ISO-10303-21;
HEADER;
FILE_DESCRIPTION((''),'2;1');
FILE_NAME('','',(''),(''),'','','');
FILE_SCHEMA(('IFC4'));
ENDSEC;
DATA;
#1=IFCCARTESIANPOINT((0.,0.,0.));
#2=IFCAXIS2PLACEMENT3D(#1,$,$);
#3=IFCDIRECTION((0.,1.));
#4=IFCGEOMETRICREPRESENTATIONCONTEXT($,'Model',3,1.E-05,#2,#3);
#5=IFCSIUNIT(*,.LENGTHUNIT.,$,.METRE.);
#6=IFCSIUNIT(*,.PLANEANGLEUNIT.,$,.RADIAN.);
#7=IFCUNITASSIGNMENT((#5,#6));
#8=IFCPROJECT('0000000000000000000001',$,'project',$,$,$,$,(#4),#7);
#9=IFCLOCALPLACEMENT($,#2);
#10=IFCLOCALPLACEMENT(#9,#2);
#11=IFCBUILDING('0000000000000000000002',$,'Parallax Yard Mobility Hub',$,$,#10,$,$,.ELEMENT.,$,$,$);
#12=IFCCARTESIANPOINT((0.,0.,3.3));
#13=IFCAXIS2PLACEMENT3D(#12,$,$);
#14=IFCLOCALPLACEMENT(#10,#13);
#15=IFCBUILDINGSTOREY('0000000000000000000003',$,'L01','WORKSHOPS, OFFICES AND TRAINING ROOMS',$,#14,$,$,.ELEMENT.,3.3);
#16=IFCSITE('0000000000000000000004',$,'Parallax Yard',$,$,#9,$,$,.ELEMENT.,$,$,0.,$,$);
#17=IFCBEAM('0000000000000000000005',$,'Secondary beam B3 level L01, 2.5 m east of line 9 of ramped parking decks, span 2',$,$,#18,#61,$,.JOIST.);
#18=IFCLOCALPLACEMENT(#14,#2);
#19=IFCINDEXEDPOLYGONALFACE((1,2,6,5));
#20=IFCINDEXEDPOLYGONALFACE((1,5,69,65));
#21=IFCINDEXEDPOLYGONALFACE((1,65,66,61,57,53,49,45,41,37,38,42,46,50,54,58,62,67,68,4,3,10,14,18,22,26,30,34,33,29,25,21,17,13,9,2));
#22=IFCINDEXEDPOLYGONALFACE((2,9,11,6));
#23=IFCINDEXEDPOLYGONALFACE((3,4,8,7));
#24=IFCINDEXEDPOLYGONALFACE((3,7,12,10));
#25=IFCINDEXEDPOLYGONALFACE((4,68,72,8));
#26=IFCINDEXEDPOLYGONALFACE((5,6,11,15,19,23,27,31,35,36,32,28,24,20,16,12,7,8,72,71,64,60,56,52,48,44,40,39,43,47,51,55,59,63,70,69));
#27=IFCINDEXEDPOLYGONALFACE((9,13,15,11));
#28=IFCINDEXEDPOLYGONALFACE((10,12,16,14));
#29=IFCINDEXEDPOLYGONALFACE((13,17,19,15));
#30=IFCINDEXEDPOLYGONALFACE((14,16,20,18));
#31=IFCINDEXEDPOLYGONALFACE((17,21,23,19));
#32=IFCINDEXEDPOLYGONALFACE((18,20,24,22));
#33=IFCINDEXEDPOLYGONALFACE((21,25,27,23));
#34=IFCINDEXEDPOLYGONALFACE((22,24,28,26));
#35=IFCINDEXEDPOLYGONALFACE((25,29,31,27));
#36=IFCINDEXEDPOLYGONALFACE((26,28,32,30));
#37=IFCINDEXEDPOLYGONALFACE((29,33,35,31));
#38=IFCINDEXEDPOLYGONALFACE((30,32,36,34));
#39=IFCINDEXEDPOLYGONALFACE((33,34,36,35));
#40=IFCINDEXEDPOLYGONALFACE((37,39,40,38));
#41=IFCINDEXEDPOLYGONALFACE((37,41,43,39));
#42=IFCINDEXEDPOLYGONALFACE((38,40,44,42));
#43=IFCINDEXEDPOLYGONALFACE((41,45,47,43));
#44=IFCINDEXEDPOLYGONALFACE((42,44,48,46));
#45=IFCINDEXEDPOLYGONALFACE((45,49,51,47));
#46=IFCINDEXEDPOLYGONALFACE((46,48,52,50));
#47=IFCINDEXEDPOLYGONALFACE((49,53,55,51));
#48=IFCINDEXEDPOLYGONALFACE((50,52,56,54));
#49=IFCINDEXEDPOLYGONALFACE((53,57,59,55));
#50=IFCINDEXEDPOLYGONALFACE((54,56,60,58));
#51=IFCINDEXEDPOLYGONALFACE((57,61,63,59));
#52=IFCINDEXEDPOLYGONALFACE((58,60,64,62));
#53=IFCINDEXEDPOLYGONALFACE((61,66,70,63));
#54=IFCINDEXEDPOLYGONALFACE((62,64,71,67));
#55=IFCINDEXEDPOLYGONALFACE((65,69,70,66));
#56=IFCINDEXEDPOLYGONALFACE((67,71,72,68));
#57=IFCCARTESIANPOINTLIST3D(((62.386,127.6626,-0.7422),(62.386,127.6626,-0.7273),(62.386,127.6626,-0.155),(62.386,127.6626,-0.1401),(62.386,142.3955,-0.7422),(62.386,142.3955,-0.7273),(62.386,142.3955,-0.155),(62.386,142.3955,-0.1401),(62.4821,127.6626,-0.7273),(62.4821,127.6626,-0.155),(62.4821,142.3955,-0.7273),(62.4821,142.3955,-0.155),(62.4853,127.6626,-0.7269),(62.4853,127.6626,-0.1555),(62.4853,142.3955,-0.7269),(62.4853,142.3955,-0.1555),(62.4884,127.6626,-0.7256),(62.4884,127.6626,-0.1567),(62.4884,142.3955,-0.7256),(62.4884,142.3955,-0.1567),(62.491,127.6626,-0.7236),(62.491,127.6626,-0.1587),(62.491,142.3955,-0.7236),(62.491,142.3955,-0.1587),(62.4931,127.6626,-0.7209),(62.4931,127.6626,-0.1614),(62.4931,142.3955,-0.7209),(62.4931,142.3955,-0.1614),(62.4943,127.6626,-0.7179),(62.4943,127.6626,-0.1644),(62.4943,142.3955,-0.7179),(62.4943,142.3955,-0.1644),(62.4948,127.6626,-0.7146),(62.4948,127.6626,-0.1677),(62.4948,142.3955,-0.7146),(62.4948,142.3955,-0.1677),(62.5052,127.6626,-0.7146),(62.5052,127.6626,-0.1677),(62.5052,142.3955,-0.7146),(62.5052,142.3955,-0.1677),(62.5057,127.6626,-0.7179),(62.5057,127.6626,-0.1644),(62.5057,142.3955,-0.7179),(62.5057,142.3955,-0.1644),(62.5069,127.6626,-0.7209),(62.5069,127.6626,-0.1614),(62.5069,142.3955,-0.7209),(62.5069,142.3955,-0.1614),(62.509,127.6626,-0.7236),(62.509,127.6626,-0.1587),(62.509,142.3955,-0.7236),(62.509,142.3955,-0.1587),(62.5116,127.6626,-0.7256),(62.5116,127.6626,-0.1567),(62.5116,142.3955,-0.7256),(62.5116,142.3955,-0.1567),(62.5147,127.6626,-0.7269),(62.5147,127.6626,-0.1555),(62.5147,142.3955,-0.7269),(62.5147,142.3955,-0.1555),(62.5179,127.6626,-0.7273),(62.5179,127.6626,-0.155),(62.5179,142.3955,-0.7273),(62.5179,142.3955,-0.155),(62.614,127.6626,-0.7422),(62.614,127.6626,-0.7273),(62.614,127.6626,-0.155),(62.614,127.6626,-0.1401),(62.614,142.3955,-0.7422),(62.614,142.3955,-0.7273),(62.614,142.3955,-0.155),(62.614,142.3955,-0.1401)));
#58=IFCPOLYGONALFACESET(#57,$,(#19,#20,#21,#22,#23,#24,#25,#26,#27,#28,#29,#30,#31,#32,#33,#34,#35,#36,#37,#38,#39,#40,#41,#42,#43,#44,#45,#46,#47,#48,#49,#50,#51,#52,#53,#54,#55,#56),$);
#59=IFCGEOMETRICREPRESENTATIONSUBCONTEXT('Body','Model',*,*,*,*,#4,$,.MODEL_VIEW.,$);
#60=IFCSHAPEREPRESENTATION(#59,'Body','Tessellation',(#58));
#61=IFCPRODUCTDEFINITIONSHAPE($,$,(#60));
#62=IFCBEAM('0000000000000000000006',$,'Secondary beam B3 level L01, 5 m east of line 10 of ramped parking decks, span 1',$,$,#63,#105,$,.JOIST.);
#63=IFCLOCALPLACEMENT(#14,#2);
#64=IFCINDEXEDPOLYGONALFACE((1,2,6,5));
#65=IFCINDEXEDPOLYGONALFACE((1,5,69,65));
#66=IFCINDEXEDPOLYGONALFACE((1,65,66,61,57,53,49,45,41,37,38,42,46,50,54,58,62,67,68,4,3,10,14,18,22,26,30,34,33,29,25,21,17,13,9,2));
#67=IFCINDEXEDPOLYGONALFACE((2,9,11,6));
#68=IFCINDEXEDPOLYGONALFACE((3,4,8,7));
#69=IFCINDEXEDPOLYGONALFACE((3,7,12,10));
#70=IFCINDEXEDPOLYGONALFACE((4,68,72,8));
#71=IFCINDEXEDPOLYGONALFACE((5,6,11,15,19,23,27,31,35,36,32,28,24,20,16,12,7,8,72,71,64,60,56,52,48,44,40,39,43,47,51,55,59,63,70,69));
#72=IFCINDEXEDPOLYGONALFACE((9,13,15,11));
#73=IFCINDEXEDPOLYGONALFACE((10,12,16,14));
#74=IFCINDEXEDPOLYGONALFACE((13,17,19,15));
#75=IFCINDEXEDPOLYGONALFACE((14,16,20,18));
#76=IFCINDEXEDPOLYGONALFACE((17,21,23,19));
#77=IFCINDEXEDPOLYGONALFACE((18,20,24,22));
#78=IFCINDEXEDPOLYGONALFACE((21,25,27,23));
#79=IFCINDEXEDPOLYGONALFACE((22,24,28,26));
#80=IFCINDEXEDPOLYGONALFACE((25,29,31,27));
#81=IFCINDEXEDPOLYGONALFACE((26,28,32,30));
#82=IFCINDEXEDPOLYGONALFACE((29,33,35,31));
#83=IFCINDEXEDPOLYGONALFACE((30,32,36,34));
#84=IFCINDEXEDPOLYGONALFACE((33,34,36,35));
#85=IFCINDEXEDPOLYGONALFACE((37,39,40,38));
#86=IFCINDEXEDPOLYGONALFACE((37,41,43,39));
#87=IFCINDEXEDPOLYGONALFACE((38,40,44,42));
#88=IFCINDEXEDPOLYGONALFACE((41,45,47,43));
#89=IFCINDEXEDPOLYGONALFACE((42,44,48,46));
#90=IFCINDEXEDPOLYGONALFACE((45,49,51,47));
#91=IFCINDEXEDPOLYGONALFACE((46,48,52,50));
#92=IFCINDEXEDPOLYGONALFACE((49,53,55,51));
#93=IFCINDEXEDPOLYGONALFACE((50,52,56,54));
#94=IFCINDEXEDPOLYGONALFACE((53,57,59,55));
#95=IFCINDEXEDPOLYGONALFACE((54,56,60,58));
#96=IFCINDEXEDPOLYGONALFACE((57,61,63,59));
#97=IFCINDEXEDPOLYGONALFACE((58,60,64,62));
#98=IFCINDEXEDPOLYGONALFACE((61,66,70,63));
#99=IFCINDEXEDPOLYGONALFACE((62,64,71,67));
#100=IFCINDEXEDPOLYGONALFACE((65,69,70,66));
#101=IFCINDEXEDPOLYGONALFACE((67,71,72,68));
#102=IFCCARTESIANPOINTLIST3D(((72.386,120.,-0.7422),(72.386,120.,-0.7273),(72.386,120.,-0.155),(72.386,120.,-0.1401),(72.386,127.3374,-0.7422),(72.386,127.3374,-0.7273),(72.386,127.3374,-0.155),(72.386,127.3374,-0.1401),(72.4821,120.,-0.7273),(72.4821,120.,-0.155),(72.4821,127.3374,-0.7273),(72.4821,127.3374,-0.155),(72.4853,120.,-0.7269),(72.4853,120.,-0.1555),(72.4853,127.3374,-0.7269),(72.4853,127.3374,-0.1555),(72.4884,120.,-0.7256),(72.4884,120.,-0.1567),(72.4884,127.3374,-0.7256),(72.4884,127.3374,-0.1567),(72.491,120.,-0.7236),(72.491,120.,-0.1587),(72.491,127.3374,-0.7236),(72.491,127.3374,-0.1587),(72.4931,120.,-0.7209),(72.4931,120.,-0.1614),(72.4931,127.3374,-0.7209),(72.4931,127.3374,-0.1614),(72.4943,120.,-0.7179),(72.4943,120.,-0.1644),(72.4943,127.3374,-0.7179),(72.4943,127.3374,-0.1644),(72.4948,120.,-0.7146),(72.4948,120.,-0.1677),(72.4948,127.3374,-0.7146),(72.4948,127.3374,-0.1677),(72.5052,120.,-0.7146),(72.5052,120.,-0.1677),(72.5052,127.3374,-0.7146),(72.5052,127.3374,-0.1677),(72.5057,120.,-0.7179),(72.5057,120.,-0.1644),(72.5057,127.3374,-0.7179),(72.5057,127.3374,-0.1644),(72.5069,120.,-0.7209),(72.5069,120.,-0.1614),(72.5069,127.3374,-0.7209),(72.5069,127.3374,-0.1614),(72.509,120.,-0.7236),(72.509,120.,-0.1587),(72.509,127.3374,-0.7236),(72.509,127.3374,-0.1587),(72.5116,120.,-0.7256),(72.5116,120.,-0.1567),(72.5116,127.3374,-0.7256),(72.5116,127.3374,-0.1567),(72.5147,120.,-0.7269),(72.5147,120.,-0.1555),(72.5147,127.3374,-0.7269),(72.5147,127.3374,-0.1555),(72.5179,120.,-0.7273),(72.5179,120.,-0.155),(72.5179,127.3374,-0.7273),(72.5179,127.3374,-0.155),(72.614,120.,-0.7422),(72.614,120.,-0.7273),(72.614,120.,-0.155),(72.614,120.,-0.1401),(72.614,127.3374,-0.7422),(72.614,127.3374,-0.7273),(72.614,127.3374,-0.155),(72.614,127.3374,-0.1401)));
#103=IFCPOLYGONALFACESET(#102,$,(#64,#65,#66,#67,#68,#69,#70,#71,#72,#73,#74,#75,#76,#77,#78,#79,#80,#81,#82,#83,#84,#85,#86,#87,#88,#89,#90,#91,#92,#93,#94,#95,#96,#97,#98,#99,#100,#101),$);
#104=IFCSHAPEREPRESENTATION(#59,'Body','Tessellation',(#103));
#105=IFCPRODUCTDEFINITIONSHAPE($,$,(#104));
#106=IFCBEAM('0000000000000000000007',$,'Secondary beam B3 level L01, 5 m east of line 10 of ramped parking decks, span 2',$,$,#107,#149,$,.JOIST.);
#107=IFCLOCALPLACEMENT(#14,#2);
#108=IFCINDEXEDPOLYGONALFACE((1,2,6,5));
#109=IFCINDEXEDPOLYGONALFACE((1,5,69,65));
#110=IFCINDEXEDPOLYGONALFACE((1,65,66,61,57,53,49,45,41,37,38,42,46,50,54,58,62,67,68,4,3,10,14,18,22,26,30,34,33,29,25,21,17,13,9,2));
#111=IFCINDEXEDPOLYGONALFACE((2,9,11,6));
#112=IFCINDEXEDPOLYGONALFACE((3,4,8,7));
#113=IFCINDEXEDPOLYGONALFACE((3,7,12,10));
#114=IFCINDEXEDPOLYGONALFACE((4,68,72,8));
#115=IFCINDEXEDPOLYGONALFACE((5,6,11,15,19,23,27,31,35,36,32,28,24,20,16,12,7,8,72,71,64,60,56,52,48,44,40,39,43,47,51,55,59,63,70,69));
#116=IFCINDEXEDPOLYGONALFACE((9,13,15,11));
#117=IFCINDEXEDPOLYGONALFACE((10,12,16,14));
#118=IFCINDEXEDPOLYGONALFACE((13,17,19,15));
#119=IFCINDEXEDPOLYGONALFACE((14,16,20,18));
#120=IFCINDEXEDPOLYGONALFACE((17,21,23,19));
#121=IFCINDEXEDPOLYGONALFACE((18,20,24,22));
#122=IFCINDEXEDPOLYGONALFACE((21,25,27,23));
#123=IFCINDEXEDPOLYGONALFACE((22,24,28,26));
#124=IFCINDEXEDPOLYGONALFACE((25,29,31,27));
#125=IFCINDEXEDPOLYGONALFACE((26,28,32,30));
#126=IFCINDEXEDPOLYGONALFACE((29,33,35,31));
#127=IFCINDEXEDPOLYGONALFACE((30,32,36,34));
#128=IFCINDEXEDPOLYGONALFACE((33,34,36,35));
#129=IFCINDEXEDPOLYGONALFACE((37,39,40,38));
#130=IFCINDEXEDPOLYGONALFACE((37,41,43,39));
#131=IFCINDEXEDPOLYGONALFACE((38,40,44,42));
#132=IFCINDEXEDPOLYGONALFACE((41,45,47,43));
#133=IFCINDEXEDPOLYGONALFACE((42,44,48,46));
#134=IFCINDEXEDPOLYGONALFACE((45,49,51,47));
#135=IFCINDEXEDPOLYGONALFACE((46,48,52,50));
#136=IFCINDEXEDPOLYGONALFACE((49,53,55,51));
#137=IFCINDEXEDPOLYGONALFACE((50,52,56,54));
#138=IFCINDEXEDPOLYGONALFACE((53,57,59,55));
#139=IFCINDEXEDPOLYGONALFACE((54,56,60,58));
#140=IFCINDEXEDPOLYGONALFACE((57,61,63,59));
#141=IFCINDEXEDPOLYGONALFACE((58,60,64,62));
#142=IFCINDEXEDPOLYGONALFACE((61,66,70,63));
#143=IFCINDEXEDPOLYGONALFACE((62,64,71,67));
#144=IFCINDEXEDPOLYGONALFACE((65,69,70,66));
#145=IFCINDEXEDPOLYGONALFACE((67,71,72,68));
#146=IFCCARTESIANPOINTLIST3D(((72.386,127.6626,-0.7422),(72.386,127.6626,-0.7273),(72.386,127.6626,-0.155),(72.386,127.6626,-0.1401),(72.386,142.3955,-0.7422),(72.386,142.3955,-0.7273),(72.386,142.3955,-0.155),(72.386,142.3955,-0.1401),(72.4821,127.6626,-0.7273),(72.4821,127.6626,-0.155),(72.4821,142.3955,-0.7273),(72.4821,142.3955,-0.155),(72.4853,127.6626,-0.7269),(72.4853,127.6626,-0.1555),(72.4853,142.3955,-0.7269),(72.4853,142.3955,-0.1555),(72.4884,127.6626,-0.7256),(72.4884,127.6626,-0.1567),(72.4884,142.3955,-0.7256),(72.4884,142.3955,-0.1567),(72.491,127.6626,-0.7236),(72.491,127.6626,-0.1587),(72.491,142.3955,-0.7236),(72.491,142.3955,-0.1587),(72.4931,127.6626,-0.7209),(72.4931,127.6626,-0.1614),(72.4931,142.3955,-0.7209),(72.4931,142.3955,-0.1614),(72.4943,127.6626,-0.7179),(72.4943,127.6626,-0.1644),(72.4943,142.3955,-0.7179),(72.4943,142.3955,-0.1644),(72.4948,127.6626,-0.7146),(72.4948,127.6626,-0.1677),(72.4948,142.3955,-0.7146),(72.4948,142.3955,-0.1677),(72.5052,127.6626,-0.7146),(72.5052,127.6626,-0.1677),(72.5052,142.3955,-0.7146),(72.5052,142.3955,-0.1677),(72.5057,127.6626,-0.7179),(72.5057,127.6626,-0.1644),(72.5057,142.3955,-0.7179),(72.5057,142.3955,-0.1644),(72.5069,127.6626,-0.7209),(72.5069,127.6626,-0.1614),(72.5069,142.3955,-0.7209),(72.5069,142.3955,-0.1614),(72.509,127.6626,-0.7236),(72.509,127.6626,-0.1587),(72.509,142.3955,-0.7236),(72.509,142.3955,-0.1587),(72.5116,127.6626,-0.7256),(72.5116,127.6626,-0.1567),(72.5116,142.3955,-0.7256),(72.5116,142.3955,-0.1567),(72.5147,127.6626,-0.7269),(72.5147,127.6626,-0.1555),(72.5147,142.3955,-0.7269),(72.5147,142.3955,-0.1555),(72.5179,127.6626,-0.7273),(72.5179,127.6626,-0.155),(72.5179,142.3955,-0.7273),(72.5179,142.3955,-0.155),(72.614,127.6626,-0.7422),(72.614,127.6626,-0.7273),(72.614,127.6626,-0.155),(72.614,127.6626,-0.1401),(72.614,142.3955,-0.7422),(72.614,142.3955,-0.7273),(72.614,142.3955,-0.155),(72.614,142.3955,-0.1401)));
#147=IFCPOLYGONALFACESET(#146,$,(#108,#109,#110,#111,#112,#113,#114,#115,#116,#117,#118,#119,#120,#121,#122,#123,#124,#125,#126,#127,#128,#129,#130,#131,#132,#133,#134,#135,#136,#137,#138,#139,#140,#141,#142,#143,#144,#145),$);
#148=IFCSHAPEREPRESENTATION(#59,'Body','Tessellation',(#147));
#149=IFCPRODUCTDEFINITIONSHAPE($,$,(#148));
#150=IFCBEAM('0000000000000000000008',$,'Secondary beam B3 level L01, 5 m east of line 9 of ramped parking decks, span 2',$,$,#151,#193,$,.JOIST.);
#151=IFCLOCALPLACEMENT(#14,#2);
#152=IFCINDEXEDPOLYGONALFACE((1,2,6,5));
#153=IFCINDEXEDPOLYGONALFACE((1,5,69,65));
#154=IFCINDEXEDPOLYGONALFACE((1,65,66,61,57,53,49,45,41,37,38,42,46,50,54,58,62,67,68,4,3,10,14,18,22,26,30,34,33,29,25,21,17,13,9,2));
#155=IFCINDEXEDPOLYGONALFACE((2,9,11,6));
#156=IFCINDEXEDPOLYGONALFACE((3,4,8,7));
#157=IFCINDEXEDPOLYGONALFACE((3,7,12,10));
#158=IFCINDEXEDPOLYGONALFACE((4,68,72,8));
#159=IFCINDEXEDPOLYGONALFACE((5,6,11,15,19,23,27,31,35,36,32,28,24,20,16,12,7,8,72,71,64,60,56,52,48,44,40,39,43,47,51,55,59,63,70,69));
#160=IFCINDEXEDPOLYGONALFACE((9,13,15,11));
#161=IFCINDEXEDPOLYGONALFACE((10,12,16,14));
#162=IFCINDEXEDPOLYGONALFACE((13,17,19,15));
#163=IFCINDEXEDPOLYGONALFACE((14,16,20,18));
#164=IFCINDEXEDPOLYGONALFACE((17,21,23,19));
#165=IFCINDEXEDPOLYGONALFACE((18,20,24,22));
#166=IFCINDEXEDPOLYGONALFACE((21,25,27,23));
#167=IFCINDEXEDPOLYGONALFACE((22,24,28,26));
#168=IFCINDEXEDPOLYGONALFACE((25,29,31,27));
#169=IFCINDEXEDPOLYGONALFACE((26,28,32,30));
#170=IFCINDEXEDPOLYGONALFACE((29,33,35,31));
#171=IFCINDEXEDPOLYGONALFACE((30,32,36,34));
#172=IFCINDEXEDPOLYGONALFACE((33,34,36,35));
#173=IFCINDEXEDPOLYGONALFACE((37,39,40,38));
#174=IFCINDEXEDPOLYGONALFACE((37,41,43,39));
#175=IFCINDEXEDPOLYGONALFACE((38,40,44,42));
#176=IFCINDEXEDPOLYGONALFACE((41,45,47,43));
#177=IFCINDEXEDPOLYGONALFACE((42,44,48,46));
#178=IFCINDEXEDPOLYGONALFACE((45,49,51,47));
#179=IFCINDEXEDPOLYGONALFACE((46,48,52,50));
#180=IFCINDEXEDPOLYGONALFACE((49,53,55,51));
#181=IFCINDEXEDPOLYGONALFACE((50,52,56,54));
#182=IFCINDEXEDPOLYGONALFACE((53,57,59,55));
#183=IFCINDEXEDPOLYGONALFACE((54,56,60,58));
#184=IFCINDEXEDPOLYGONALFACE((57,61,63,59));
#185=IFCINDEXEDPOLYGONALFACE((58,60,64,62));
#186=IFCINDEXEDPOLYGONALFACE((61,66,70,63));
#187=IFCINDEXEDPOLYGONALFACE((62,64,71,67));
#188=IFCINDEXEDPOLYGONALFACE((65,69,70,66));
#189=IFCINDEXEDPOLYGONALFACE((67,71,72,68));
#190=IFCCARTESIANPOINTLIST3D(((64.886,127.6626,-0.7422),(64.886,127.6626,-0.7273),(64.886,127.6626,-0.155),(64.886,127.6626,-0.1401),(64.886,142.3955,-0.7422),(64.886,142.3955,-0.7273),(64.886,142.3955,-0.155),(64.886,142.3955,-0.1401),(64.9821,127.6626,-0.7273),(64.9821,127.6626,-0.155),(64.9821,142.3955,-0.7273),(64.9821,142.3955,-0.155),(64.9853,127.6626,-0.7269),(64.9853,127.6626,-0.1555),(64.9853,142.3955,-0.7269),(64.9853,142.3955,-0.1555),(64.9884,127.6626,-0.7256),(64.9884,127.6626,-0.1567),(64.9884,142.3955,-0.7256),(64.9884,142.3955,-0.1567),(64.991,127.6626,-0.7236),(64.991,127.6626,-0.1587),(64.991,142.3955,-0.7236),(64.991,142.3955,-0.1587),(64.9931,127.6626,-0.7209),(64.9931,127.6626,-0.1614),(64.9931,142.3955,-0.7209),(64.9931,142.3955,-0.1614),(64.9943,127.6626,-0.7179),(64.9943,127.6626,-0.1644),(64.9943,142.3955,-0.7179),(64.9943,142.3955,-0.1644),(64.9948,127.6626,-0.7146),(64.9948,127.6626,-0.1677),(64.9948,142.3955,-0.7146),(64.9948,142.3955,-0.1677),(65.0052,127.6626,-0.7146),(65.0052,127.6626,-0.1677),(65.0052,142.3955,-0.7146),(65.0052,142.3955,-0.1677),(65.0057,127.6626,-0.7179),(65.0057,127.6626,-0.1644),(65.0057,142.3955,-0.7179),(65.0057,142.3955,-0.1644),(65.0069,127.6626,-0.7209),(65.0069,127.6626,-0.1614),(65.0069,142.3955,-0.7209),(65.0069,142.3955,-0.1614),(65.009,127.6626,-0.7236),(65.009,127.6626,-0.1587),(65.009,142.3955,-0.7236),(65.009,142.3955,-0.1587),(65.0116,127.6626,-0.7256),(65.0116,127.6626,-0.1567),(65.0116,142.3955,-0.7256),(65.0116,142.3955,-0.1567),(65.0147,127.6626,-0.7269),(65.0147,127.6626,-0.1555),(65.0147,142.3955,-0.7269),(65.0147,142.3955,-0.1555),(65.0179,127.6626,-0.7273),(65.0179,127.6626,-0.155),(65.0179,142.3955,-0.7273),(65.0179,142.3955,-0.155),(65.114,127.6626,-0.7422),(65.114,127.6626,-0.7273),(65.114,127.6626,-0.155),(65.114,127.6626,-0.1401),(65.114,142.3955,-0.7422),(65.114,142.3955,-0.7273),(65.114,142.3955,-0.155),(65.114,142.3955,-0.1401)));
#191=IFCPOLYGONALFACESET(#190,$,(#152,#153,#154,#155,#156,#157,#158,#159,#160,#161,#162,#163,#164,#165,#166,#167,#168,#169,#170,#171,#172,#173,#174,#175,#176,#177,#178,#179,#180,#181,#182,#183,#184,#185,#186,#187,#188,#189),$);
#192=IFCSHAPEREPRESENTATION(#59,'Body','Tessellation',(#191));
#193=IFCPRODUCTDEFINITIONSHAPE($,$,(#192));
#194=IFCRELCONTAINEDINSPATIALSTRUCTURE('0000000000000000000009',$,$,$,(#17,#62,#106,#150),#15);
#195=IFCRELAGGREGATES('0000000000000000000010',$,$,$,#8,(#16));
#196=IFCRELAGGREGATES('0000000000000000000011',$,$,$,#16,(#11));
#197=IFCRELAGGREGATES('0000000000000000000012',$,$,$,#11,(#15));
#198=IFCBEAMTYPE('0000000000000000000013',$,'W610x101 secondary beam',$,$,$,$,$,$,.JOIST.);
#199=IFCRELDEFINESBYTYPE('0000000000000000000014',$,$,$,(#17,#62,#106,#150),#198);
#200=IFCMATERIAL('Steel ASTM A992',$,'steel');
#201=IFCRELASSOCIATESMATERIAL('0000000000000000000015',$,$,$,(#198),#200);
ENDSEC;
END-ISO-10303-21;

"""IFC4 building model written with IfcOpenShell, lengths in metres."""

from ifc_helpers import new_model, si_unit, direction, frame, origin, origin_2d, place, context, subcontext, project, spatial, i_section, extrude, material, material_profile, profile_set, type_object, element, save


model = new_model("IFC4")

# Units and contexts
model_context = context("Model", 3, precision=1e-05, world=origin(), true_north=direction((0.0, 1.0)))
body_context = subcontext(model_context, "Body", "Model", "MODEL_VIEW")
ifc_project = project(units=[si_unit("LENGTHUNIT", "METRE"), si_unit("PLANEANGLEUNIT", "RADIAN")], contexts=[model_context])

# Site, building, storey
site_placement = place(None, origin())
site = spatial("IfcSite", under=ifc_project, at=site_placement, Name="Parallax Yard", CompositionType="ELEMENT", RefElevation=0.0)
building_placement = place(site_placement, origin())
building = spatial("IfcBuilding", under=site, at=building_placement, Name="Parallax Yard Mobility Hub", CompositionType="ELEMENT")
storey_placement = place(building_placement, frame((0.0, 0.0, 3.3)))
storey = spatial("IfcBuildingStorey", under=building, at=storey_placement, Name="L01", Description="WORKSHOPS, OFFICES AND TRAINING ROOMS", CompositionType="ELEMENT", Elevation=3.3)

# Shared definitions
ifc_material_1 = material(Name="Steel ASTM A992", Category="steel")

# Beams
ifc_material_profile_1 = material_profile(ifc_material_1, i_section(OverallWidth=0.228, OverallDepth=0.6021, WebThickness=0.0105, FlangeThickness=0.0149, FilletRadius=0.0127, at=origin_2d()), Name="W610x101")
ifc_profile_set_1 = profile_set([ifc_material_profile_1], Name="Steel ASTM A992")
beam_type_1 = type_object("IfcBeamType", Name="W610x101 secondary beam", PredefinedType="JOIST", material=ifc_profile_set_1)
for number, where, z_axis, x_axis, name in (
    (1, (62.5, 127.6626, -0.4412), (0.0, 1.0, 0.0), (-1.0, 0.0, 0.0), "Secondary beam B3 level L01, 2.5 m east of line 9 of ramped parking decks, span 2"),
):
    element("IfcBeam", number, at=place(storey_placement, frame(where, z_axis=z_axis, x_axis=x_axis)), inside=storey, type_object=beam_type_1, Name=name, PredefinedType="JOIST", context=body_context, shape_type="SweptSolid", body=[
        extrude(i_section(OverallWidth=0.228, OverallDepth=0.6021, WebThickness=0.0105, FlangeThickness=0.0149, FilletRadius=0.0127, at=origin_2d()), origin(), (0.0, 0.0, 1.0), 14.7329),
    ])
beam_1_placement = place(storey_placement, frame((72.5, 120.0, -0.4412), z_axis=(0.0, 1.0, 0.0), x_axis=(-1.0, 0.0, 0.0)))
element("IfcBeam", 2, at=beam_1_placement, inside=storey, type_object=beam_type_1, Name="Secondary beam B3 level L01, 5 m east of line 10 of ramped parking decks, span 1", PredefinedType="JOIST", context=body_context, shape_type="SweptSolid", body=[
    extrude(i_section(OverallWidth=0.228, OverallDepth=0.6021, WebThickness=0.0105, FlangeThickness=0.0149, FilletRadius=0.0127, at=origin_2d()), origin(), (0.0, 0.0, 1.0), 7.3374),
])
for number, where, z_axis, x_axis, name in (
    (3, (72.5, 127.6626, -0.4412), (0.0, 1.0, 0.0), (-1.0, 0.0, 0.0), "Secondary beam B3 level L01, 5 m east of line 10 of ramped parking decks, span 2"),
    (4, (65.0, 127.6626, -0.4412), (0.0, 1.0, 0.0), (-1.0, 0.0, 0.0), "Secondary beam B3 level L01, 5 m east of line 9 of ramped parking decks, span 2"),
):
    element("IfcBeam", number, at=place(storey_placement, frame(where, z_axis=z_axis, x_axis=x_axis)), inside=storey, type_object=beam_type_1, Name=name, PredefinedType="JOIST", context=body_context, shape_type="SweptSolid", body=[
        extrude(i_section(OverallWidth=0.228, OverallDepth=0.6021, WebThickness=0.0105, FlangeThickness=0.0149, FilletRadius=0.0127, at=origin_2d()), origin(), (0.0, 0.0, 1.0), 14.7329),
    ])

save(model, "model.ifc")
